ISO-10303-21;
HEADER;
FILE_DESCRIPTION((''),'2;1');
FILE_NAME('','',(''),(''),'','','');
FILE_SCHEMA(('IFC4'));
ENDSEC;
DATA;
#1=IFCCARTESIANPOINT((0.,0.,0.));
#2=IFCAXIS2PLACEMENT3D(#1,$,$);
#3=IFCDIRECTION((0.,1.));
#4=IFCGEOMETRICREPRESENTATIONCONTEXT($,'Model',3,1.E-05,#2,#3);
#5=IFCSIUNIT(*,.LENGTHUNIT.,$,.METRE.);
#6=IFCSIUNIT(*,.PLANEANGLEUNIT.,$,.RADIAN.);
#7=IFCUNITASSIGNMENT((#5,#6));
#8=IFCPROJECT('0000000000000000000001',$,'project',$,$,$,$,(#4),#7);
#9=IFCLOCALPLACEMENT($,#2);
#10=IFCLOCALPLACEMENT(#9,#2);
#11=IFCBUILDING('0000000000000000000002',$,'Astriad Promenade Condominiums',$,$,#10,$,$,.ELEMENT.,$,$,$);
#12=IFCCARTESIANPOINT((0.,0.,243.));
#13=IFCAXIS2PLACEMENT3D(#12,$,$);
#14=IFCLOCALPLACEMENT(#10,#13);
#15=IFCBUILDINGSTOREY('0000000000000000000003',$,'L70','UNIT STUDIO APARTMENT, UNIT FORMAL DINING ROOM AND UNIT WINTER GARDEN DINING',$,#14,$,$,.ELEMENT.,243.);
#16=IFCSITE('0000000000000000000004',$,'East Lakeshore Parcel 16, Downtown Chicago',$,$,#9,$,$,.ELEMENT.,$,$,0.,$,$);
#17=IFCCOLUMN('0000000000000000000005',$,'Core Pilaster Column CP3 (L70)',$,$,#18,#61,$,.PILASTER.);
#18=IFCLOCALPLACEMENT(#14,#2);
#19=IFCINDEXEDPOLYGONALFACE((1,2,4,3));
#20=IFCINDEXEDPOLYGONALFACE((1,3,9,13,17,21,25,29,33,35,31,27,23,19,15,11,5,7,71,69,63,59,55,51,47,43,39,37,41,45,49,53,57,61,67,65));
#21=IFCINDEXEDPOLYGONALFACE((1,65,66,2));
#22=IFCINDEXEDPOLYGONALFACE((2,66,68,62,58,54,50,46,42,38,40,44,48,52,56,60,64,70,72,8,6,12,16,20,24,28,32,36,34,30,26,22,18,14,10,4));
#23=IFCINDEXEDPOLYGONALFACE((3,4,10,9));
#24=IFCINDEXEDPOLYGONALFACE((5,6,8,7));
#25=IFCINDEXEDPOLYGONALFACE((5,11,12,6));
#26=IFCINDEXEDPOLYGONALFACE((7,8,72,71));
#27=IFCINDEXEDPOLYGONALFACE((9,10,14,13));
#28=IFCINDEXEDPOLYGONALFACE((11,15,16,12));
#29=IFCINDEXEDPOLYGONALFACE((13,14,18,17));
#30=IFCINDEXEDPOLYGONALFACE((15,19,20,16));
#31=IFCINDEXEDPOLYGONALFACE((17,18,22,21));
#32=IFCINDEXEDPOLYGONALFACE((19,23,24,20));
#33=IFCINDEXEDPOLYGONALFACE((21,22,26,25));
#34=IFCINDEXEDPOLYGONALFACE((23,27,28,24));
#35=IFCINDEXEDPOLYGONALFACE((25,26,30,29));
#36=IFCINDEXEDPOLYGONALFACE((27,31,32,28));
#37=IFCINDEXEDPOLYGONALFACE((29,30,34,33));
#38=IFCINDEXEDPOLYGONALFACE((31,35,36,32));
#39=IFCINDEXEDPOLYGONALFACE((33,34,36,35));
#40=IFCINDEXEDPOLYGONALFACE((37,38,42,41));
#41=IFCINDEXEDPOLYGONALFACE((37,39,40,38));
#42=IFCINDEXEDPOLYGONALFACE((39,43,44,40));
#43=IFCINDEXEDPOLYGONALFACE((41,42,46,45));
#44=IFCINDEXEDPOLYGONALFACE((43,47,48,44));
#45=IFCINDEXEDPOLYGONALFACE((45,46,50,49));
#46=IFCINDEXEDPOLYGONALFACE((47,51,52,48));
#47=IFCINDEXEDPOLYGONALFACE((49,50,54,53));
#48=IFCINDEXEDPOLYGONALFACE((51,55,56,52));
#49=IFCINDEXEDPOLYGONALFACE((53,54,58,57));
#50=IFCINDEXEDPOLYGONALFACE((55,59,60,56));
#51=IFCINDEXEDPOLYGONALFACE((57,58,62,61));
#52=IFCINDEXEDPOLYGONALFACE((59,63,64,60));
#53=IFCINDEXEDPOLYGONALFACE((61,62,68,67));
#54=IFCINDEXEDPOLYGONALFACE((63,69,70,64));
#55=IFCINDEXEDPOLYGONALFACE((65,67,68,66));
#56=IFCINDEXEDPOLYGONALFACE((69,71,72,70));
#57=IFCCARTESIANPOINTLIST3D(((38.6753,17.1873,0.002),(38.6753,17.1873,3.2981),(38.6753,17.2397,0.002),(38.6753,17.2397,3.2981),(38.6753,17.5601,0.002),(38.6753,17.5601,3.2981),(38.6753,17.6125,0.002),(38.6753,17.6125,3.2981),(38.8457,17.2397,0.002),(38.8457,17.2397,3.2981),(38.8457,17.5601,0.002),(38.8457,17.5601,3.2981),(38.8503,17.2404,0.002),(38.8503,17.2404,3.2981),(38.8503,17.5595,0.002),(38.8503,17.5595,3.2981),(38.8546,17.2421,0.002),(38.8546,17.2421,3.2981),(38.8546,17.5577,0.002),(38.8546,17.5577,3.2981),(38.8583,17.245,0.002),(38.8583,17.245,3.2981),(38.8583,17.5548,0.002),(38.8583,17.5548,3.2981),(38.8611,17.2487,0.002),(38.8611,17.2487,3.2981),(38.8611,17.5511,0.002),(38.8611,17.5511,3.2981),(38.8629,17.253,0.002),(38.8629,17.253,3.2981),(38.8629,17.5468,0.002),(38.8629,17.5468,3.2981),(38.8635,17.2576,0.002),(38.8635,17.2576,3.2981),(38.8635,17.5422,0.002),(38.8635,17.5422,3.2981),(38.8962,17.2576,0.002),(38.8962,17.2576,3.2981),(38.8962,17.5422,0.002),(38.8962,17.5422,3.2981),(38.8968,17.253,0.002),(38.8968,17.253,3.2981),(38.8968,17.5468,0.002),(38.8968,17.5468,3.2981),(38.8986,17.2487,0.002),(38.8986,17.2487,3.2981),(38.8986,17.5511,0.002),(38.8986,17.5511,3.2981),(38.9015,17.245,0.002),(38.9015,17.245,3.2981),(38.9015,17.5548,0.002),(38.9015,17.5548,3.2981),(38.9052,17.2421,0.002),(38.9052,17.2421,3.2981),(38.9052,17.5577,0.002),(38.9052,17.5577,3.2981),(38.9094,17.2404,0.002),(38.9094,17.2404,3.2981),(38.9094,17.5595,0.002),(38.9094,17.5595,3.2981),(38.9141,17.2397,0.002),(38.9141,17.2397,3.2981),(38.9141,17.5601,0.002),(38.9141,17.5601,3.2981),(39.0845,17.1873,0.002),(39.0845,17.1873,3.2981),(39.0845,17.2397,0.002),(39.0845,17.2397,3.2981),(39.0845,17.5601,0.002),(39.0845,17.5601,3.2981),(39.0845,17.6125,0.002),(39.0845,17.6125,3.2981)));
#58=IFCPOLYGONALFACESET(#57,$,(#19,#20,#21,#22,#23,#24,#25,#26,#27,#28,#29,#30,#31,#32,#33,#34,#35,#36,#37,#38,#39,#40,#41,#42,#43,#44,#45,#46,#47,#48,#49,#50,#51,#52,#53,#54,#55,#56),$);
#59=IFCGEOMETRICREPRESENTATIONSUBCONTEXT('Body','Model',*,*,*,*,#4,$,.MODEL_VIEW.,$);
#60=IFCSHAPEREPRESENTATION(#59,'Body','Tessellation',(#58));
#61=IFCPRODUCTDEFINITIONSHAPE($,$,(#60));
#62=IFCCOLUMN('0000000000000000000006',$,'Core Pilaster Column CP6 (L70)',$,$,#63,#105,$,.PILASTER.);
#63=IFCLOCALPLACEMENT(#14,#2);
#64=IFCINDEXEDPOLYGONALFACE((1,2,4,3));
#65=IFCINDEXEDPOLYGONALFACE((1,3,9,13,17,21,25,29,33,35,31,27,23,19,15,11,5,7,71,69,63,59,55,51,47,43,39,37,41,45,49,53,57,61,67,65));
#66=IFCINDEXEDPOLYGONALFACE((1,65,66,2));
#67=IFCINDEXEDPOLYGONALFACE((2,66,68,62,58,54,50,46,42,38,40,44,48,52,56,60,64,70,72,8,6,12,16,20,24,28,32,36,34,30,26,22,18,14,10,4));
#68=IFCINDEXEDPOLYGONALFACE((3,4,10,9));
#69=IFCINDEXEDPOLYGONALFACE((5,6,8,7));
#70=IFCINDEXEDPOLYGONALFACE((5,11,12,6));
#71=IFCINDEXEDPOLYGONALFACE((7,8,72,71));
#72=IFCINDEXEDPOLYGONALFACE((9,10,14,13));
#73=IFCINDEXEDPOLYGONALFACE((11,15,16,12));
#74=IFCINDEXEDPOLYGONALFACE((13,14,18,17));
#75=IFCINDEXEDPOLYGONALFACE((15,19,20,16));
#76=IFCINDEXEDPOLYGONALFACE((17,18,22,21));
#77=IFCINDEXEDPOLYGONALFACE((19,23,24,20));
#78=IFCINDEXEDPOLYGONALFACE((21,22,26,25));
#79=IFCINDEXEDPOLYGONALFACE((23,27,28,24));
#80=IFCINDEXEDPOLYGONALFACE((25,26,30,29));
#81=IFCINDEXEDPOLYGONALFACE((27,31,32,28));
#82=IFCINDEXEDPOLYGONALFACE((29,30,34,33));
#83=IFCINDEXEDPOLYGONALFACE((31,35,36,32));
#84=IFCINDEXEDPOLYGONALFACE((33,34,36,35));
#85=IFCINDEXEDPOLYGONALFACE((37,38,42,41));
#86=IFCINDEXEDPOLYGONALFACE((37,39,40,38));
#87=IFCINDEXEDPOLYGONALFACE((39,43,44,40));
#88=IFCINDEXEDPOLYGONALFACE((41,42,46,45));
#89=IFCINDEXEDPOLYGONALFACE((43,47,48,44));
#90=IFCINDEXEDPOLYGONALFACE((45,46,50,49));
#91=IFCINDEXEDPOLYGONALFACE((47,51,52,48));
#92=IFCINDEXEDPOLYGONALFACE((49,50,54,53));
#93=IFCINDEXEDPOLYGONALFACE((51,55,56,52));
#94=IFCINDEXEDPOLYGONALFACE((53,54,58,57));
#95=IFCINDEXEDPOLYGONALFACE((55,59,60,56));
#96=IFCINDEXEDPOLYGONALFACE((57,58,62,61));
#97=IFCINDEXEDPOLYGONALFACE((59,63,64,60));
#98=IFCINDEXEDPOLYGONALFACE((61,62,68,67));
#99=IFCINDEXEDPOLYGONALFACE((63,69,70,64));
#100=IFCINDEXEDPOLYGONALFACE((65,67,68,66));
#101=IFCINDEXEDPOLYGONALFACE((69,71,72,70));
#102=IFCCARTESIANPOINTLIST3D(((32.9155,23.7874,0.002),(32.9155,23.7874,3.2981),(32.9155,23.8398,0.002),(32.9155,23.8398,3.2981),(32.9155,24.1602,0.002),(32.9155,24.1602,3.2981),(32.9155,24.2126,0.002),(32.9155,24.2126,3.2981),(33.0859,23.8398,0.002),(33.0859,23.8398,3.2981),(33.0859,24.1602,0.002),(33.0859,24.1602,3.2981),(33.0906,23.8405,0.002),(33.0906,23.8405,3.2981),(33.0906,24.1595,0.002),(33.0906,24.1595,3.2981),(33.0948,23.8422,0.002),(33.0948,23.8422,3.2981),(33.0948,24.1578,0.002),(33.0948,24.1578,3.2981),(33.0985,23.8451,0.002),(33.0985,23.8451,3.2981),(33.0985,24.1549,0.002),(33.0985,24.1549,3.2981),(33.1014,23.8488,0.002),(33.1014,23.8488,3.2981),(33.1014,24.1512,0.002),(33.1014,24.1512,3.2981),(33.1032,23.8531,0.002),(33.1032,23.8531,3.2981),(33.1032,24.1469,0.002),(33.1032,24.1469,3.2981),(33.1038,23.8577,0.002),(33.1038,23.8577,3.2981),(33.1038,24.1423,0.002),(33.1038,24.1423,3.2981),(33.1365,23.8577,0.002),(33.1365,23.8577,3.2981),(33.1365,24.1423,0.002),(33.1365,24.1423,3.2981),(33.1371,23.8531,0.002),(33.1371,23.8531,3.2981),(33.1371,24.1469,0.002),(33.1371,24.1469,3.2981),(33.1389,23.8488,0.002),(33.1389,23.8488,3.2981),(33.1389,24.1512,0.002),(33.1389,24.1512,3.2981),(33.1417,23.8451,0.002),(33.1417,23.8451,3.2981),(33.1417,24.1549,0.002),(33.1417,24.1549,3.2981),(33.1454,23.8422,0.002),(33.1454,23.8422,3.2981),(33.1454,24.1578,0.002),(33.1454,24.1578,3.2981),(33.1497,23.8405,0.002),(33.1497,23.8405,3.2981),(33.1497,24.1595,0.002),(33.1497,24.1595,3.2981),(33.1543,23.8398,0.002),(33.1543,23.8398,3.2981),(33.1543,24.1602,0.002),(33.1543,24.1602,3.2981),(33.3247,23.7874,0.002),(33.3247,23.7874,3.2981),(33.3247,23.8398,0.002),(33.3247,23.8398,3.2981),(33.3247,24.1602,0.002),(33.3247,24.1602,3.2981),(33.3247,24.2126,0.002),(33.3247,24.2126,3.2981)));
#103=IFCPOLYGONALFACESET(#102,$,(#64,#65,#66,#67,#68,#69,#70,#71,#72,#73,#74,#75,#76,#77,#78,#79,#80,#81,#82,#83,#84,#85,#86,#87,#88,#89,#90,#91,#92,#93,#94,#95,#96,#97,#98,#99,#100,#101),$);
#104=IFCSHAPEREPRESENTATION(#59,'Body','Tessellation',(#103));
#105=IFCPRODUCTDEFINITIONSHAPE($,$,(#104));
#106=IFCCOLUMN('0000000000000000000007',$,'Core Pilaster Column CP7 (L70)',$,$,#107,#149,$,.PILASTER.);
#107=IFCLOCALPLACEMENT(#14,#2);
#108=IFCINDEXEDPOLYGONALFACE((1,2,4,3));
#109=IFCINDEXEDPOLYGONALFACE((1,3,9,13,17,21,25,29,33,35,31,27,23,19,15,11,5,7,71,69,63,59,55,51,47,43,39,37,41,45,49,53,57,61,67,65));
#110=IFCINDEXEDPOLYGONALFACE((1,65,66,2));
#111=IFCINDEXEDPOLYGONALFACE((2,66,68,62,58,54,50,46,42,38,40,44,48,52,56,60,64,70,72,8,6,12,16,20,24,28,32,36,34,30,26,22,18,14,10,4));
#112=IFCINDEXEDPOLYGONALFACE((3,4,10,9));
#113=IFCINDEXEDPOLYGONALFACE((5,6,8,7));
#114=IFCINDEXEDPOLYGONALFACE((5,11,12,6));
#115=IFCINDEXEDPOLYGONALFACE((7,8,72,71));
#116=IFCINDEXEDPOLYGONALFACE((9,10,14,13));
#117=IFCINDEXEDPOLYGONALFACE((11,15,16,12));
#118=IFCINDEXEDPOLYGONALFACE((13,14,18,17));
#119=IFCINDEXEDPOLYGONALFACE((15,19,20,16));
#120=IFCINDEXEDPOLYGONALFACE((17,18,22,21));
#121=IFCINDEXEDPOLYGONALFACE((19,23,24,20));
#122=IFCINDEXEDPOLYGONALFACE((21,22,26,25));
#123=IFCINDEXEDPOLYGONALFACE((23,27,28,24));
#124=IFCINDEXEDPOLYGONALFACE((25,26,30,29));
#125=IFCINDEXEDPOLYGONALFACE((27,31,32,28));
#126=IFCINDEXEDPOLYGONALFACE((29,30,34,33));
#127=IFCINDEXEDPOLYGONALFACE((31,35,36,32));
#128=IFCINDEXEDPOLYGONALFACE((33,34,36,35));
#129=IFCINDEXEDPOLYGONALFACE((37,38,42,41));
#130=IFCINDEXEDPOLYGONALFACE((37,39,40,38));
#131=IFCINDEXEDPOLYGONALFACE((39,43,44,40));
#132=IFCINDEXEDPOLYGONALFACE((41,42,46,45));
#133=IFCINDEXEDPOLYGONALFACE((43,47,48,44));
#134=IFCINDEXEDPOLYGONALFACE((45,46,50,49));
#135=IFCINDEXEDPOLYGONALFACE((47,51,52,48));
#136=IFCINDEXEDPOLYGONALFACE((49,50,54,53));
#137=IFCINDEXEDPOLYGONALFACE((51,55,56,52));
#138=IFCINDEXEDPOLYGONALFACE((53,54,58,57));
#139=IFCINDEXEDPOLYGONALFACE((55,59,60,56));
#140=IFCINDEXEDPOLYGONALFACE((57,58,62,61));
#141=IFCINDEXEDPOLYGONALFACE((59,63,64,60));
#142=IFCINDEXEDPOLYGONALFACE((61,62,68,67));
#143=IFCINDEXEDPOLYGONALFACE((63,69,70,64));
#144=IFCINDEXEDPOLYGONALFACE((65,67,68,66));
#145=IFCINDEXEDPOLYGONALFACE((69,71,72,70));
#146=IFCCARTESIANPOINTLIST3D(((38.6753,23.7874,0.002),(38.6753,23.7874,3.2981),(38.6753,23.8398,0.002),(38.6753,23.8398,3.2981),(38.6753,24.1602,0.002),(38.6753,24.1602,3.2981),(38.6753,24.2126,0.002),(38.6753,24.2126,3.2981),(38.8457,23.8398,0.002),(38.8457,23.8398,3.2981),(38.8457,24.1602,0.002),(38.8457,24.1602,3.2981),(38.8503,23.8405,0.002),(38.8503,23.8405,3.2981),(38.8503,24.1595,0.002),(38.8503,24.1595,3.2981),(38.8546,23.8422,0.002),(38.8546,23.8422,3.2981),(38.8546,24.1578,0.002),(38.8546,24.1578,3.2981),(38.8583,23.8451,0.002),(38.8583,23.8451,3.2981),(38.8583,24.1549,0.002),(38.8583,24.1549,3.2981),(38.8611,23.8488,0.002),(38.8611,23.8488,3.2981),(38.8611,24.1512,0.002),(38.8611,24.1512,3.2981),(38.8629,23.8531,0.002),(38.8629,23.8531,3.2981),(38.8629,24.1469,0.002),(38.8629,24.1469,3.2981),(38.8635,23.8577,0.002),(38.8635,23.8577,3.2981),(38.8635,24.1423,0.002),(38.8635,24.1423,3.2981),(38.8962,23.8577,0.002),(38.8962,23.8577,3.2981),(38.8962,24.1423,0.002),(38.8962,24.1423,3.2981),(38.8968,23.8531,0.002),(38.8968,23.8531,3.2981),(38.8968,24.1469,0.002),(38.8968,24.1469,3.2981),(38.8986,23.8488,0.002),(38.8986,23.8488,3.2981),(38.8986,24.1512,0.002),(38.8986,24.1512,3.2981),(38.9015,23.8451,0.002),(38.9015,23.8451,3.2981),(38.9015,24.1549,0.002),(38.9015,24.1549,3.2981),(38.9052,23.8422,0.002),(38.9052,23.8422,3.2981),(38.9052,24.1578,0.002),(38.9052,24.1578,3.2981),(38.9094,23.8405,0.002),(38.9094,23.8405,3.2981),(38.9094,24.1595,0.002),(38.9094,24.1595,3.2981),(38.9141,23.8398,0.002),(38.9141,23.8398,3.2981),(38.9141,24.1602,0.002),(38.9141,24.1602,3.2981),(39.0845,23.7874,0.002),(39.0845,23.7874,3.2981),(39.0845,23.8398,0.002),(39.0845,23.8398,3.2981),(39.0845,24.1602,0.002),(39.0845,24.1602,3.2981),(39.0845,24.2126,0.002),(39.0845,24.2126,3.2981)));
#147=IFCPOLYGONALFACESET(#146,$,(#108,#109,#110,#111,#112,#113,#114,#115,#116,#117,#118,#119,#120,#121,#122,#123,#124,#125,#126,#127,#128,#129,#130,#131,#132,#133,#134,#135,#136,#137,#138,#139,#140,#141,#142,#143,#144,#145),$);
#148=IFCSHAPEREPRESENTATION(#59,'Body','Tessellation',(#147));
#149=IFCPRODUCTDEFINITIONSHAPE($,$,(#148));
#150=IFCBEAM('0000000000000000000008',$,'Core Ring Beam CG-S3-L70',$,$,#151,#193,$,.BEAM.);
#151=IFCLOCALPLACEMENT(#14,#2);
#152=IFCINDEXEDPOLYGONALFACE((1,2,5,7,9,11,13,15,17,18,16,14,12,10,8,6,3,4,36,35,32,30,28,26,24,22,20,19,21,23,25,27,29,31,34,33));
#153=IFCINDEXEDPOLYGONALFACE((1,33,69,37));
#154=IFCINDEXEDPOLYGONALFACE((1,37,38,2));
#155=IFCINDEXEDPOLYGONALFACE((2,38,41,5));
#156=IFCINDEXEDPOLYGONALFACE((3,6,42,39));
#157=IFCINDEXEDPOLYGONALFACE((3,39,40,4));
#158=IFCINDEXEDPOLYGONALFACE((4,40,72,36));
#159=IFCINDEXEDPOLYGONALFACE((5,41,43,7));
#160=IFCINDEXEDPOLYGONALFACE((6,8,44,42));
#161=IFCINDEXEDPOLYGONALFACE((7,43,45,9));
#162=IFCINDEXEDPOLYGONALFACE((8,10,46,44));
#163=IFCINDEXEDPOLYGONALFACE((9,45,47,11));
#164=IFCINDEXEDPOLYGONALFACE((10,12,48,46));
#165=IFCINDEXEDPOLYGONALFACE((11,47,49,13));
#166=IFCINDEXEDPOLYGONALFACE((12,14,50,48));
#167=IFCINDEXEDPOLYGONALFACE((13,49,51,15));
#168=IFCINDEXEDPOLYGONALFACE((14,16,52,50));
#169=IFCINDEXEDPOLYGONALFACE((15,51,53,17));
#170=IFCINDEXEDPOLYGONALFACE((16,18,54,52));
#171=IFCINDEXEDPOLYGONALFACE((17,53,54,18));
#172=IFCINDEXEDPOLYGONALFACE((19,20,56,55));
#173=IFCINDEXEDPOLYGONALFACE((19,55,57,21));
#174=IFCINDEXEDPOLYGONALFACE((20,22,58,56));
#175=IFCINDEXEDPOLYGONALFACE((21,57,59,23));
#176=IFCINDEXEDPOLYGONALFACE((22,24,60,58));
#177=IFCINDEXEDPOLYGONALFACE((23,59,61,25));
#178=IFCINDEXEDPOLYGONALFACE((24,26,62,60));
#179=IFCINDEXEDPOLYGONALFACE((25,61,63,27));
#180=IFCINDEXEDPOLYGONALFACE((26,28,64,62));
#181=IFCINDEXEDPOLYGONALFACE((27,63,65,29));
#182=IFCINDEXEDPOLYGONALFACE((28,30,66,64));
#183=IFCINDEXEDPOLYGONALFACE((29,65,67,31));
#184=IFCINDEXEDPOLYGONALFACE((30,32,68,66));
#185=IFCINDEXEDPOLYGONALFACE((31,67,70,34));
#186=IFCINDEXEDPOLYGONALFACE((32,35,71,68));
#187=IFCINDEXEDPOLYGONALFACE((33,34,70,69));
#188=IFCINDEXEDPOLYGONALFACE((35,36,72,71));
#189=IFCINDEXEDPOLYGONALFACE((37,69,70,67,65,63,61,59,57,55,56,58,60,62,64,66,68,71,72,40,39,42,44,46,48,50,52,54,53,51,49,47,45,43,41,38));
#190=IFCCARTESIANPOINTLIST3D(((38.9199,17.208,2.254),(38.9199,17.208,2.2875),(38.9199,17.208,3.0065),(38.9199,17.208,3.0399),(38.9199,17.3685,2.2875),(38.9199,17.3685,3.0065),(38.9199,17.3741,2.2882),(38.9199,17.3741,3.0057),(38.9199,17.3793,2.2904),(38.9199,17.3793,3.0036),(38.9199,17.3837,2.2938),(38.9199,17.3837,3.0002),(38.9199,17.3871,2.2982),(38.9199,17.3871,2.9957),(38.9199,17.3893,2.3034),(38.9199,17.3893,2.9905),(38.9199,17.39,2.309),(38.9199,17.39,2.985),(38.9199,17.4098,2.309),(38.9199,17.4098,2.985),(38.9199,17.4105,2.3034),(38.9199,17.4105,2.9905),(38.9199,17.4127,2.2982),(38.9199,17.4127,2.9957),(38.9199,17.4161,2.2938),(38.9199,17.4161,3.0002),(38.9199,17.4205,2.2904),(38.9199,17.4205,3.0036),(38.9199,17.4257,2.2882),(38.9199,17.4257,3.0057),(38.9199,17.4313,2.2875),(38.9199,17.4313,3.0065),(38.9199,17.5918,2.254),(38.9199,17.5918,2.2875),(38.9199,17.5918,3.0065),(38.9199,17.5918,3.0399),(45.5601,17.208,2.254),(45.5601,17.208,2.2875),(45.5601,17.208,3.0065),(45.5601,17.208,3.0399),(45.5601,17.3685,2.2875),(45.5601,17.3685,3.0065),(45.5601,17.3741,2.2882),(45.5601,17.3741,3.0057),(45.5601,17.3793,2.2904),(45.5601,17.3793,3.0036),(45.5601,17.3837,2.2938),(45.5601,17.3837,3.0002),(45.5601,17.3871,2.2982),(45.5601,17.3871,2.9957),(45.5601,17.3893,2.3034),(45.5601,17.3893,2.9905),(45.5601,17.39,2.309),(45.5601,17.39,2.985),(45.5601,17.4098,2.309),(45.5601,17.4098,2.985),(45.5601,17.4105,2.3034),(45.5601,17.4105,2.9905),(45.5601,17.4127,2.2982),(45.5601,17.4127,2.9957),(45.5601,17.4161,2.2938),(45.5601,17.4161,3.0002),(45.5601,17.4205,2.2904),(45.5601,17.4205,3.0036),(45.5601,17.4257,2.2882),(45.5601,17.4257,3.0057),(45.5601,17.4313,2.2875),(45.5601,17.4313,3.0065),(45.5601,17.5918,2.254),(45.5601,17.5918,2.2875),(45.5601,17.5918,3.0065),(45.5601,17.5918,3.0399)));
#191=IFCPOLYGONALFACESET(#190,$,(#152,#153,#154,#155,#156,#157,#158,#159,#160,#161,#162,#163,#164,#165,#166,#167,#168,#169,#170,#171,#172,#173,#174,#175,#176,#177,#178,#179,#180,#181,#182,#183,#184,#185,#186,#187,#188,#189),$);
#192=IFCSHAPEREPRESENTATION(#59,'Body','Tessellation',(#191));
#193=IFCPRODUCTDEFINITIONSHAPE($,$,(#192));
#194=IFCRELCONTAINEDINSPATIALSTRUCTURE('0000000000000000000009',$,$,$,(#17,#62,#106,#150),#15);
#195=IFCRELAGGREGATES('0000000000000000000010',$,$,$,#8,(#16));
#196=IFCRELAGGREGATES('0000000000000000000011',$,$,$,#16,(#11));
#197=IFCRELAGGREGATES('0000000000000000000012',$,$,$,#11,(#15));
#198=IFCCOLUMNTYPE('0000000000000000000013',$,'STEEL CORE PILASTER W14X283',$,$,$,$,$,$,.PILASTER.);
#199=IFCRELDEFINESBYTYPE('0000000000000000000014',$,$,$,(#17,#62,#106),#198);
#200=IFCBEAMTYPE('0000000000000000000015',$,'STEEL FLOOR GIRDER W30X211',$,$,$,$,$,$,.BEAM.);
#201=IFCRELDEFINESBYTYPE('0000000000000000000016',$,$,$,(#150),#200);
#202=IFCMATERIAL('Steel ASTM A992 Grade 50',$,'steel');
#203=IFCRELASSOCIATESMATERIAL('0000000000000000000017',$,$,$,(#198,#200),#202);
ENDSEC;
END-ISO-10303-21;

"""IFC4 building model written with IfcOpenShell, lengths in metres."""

from ifc_helpers import new_model, si_unit, direction, frame, origin, origin_2d, place, context, subcontext, project, spatial, i_section, extrude, source, transform, mapped, material, material_profile, profile_set, type_object, type_shapes, element, save


model = new_model("IFC4")

# Units and contexts
model_context = context("Model", 3, precision=1e-05, world=origin(), true_north=direction((0.0, 1.0)))
body_context = subcontext(model_context, "Body", "Model", "MODEL_VIEW")
ifc_project = project(units=[si_unit("LENGTHUNIT", "METRE"), si_unit("PLANEANGLEUNIT", "RADIAN")], contexts=[model_context])

# Site, building, storey
site_placement = place(None, origin())
site = spatial("IfcSite", under=ifc_project, at=site_placement, Name="East Lakeshore Parcel 16, Downtown Chicago", CompositionType="ELEMENT", RefElevation=0.0)
building_placement = place(site_placement, origin())
building = spatial("IfcBuilding", under=site, at=building_placement, Name="Astriad Promenade Condominiums", CompositionType="ELEMENT")
storey_placement = place(building_placement, frame((0.0, 0.0, 243.0)))
storey = spatial("IfcBuildingStorey", under=building, at=storey_placement, Name="L70", Description="UNIT STUDIO APARTMENT, UNIT FORMAL DINING ROOM AND UNIT WINTER GARDEN DINING", CompositionType="ELEMENT", Elevation=243.0)

# Columns
ifc_material_1 = material(Name="Steel ASTM A992 Grade 50", Category="steel")
ifc_material_profile_1 = material_profile(ifc_material_1, i_section(OverallWidth=0.4092, OverallDepth=0.4253, WebThickness=0.0327, FlangeThickness=0.0525, FilletRadius=0.0178, at=origin_2d()), Name="W14X283")
ifc_profile_set_1 = profile_set([ifc_material_profile_1], Name="Steel ASTM A992 Grade 50")
column_type = type_object("IfcColumnType", Name="STEEL CORE PILASTER W14X283", PredefinedType="PILASTER", material=ifc_profile_set_1)
shared_shape_1 = source(origin(), body_context, "Body", "SweptSolid", [
    extrude(i_section(OverallWidth=0.4092, OverallDepth=0.4253, WebThickness=0.0327, FlangeThickness=0.0525, FilletRadius=0.0178, at=origin_2d()), origin(), (0.0, 0.0, 1.0), 3.2961),
])
type_shapes(column_type, [shared_shape_1])
for number, where, z_axis, x_axis, name in (
    (1, (38.8799, 17.3999, 0.002), (0.0, 0.0, 1.0), (1.0, 0.0, 0.0), "Core Pilaster Column CP3 (L70)"),
    (2, (33.1201, 24.0, 0.002), (0.0, 0.0, 1.0), (1.0, 0.0, 0.0), "Core Pilaster Column CP6 (L70)"),
    (3, (38.8799, 24.0, 0.002), (0.0, 0.0, 1.0), (1.0, 0.0, 0.0), "Core Pilaster Column CP7 (L70)"),
):
    element("IfcColumn", number, at=place(storey_placement, frame(where, z_axis=z_axis, x_axis=x_axis)), inside=storey, type_object=column_type, Name=name, PredefinedType="PILASTER", context=body_context, shape_type="MappedRepresentation", body=[
        mapped(shared_shape_1, transform((0.0, 0.0, 0.0), scale=1.0)),
    ])

# Beam
ifc_material_profile_2 = material_profile(ifc_material_1, i_section(OverallWidth=0.3838, OverallDepth=0.7859, WebThickness=0.0198, FlangeThickness=0.0334, FilletRadius=0.0215, at=origin_2d()), Name="W30X211")
ifc_profile_set_2 = profile_set([ifc_material_profile_2], Name="Steel ASTM A992 Grade 50")
beam_type_1 = type_object("IfcBeamType", Name="STEEL FLOOR GIRDER W30X211", PredefinedType="BEAM", material=ifc_profile_set_2)
shared_shape_2 = source(origin(), body_context, "Body", "SweptSolid", [
    extrude(i_section(OverallWidth=0.3838, OverallDepth=0.7859, WebThickness=0.0198, FlangeThickness=0.0334, FilletRadius=0.0215, at=origin_2d()), origin(), (0.0, 0.0, 1.0), 6.6401),
])
type_shapes(beam_type_1, [shared_shape_2])
beam_1_placement = place(storey_placement, frame((38.9199, 17.3999, 2.647), z_axis=(1.0, 0.0, 0.0), x_axis=(0.0, 1.0, 0.0)))
element("IfcBeam", 4, at=beam_1_placement, inside=storey, type_object=beam_type_1, Name="Core Ring Beam CG-S3-L70", PredefinedType="BEAM", context=body_context, shape_type="MappedRepresentation", body=[
    mapped(shared_shape_2, transform((0.0, 0.0, 0.0), scale=1.0)),
])

save(model, "model.ifc")
